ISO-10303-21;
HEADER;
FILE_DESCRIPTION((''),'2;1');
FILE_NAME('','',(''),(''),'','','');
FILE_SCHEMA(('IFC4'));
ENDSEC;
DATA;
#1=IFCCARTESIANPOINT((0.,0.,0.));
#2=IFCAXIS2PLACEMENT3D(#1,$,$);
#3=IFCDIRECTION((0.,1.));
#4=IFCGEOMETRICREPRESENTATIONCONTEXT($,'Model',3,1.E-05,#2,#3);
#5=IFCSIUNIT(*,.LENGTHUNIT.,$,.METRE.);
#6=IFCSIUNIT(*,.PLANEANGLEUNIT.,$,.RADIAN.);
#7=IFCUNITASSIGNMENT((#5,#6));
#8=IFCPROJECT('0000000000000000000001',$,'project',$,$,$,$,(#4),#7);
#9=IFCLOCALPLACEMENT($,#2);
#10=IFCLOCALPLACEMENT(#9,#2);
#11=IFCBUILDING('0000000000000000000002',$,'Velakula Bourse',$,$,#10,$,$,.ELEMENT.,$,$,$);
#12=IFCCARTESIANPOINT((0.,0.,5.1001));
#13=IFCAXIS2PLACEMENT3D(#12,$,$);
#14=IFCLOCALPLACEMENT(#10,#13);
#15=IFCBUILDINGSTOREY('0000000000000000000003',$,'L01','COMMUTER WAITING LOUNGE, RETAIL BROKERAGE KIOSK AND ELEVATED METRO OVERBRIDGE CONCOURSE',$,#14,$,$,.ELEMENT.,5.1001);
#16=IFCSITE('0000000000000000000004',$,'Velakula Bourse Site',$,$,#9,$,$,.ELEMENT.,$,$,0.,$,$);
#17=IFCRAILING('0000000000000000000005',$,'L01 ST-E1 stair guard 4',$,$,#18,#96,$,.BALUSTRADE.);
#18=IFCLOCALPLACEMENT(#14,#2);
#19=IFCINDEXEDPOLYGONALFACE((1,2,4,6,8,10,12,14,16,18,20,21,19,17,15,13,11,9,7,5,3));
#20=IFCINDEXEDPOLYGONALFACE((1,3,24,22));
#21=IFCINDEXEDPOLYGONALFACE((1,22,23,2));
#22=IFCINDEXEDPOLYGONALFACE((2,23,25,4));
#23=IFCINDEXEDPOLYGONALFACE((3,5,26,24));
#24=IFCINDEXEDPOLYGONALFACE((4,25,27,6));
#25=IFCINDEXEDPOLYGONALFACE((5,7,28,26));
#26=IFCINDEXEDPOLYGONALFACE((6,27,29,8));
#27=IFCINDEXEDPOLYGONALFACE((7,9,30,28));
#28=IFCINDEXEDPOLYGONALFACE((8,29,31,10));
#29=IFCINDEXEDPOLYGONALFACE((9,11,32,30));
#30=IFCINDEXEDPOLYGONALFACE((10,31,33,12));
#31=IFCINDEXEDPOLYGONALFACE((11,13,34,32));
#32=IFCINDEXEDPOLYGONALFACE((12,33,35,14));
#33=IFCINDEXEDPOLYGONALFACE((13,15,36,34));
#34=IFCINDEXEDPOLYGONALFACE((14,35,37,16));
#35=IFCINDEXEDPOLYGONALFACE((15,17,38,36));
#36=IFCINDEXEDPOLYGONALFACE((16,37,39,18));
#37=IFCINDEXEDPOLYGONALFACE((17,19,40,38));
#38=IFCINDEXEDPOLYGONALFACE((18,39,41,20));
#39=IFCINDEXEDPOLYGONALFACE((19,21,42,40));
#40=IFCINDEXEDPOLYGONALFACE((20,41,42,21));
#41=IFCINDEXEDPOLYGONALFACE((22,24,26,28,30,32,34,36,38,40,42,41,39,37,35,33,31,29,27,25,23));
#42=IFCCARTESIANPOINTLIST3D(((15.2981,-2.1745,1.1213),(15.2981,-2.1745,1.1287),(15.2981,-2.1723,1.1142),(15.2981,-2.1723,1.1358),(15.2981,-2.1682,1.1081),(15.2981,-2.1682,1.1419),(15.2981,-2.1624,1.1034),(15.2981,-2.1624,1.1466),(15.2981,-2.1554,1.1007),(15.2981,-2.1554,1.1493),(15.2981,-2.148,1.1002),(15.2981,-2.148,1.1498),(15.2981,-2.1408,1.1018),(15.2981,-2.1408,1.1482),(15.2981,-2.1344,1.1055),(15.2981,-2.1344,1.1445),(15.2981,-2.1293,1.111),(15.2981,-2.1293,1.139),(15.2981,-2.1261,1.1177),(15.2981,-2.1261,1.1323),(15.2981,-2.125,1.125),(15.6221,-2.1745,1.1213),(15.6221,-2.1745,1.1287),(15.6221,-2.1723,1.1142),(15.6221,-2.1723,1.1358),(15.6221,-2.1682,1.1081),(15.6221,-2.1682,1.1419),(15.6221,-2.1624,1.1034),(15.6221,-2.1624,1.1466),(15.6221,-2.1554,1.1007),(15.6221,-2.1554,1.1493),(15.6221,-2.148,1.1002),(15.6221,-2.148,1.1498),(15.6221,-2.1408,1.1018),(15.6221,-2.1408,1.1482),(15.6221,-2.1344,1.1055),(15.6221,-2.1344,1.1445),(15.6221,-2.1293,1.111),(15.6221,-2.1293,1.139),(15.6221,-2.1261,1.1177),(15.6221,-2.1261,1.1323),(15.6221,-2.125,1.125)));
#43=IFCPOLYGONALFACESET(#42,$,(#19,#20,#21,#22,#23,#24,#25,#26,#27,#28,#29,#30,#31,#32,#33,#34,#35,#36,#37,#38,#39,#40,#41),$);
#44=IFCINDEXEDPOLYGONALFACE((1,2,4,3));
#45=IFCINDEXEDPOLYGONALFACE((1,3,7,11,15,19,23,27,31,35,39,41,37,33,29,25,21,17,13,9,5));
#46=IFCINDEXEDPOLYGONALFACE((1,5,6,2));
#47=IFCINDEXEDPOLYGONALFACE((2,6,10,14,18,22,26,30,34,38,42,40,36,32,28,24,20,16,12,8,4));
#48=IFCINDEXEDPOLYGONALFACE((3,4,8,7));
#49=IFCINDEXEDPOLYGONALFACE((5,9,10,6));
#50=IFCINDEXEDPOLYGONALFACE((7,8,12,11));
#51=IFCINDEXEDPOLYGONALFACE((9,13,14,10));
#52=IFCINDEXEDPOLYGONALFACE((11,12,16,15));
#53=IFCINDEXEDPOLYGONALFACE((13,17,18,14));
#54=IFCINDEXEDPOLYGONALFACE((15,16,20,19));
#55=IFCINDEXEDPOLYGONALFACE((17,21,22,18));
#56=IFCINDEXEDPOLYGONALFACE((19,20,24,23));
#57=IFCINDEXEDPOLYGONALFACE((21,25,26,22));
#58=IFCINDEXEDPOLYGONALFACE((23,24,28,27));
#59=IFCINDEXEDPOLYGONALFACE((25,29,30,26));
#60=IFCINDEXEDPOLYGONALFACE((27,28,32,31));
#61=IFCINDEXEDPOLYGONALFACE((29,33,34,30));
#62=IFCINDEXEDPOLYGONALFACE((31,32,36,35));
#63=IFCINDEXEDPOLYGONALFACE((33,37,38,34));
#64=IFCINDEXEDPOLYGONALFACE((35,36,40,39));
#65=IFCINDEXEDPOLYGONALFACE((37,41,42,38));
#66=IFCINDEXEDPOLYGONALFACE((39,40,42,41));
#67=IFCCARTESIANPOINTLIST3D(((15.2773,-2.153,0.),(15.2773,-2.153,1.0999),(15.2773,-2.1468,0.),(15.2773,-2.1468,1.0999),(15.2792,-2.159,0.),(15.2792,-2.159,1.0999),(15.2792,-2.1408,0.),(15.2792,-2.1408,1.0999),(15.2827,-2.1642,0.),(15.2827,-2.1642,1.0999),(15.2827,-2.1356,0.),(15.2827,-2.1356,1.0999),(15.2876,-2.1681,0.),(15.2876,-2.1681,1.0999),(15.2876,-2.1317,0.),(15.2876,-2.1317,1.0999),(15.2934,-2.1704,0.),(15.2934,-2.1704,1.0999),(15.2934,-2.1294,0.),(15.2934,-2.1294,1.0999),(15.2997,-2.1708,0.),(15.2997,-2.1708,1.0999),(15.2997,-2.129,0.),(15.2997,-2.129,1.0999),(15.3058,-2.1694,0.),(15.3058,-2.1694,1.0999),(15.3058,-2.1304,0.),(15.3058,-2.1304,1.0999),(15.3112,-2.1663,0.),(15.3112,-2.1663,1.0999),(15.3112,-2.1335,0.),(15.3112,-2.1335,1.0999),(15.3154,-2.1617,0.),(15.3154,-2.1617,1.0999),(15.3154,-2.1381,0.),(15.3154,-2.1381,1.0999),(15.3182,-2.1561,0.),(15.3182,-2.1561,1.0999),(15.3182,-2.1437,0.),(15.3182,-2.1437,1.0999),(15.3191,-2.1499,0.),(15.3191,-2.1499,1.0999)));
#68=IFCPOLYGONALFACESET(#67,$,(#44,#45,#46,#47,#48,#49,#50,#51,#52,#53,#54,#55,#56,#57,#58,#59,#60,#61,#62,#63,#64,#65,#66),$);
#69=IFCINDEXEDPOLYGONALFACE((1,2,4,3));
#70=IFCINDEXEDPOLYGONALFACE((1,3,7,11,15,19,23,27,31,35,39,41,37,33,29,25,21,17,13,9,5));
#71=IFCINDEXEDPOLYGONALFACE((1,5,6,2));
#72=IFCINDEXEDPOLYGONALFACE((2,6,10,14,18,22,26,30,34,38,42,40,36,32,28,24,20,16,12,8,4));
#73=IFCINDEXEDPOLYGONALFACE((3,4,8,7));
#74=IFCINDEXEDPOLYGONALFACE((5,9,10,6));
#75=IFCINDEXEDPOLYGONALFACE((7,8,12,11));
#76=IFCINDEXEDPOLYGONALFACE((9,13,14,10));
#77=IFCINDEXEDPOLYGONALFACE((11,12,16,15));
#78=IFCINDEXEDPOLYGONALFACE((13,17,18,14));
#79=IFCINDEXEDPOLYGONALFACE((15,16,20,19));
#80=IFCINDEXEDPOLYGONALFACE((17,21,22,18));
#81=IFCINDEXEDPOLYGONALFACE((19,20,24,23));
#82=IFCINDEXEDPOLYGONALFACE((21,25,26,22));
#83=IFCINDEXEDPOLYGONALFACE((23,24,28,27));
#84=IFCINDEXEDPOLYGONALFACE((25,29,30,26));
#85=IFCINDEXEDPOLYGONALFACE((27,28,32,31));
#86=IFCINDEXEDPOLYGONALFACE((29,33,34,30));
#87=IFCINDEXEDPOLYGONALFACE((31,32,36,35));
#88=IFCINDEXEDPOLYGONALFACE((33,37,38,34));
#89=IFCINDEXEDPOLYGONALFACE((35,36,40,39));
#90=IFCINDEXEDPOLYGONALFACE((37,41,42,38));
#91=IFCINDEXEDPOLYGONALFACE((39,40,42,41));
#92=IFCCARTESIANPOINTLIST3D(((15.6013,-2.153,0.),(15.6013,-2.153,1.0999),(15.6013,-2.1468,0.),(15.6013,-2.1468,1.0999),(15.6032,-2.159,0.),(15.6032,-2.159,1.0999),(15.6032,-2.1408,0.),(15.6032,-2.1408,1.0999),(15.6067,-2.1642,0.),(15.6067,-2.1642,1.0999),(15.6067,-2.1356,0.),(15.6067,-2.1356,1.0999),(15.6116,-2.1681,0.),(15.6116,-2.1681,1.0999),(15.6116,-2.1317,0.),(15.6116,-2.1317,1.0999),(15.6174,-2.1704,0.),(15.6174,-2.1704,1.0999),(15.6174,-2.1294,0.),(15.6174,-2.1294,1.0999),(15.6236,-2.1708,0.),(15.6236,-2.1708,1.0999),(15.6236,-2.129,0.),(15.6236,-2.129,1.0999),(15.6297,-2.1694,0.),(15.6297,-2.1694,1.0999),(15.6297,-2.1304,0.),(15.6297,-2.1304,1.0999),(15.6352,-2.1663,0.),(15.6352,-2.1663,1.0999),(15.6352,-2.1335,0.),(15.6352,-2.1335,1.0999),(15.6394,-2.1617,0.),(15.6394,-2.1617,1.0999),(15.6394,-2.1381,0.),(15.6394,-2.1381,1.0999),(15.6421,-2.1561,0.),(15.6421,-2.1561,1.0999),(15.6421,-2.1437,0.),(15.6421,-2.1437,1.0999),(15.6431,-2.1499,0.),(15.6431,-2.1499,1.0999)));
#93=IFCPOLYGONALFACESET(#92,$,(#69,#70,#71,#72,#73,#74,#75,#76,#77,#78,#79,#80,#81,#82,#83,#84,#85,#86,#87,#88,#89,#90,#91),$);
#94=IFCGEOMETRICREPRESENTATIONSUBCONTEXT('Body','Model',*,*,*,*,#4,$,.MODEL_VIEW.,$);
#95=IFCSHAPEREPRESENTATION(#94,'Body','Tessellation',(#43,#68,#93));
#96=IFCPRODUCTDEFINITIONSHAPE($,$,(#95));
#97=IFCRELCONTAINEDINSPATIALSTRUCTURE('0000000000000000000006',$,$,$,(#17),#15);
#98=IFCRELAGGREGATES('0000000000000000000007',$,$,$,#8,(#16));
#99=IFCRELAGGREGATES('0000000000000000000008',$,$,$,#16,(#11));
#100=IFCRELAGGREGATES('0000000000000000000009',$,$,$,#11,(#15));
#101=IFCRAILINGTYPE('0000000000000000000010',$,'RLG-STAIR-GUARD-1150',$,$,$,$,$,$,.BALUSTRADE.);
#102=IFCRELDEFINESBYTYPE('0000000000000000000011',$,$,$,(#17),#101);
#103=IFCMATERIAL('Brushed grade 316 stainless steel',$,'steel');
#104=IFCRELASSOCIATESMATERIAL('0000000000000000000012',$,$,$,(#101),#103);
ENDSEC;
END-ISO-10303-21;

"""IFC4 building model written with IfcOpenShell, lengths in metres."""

from ifc_helpers import new_model, si_unit, direction, frame, origin, origin_2d, place, context, subcontext, project, spatial, circle, extrude, material, type_object, element, save


model = new_model("IFC4")

# Units and contexts
model_context = context("Model", 3, precision=1e-05, world=origin(), true_north=direction((0.0, 1.0)))
body_context = subcontext(model_context, "Body", "Model", "MODEL_VIEW")
ifc_project = project(units=[si_unit("LENGTHUNIT", "METRE"), si_unit("PLANEANGLEUNIT", "RADIAN")], contexts=[model_context])

# Site, building, storey
site_placement = place(None, origin())
site = spatial("IfcSite", under=ifc_project, at=site_placement, Name="Velakula Bourse Site", CompositionType="ELEMENT", RefElevation=0.0)
building_placement = place(site_placement, origin())
building = spatial("IfcBuilding", under=site, at=building_placement, Name="Velakula Bourse", CompositionType="ELEMENT")
storey_placement = place(building_placement, frame((0.0, 0.0, 5.1001)))
storey = spatial("IfcBuildingStorey", under=building, at=storey_placement, Name="L01", Description="COMMUTER WAITING LOUNGE, RETAIL BROKERAGE KIOSK AND ELEVATED METRO OVERBRIDGE CONCOURSE", CompositionType="ELEMENT", Elevation=5.1001)

# Shared definitions
ifc_material_1 = material(Name="Brushed grade 316 stainless steel", Category="steel")

# Railing
railing_type = type_object("IfcRailingType", Name="RLG-STAIR-GUARD-1150", PredefinedType="BALUSTRADE", material=ifc_material_1)
railing_1_placement = place(storey_placement, frame((15.2981, -2.1499, 0.0)))
element("IfcRailing", 1, at=railing_1_placement, inside=storey, type_object=railing_type, Name="L01 ST-E1 stair guard 4", PredefinedType="BALUSTRADE", context=body_context, shape_type="SweptSolid", body=[
    extrude(circle(Radius=0.0249, at=origin_2d()), frame((0.0, 0.0, 1.125), z_axis=(1.0, 0.0, 0.0), x_axis=(0.0, 1.0, 0.0)), (0.0, 0.0, 1.0), 0.324),
    extrude(circle(Radius=0.021, at=origin_2d()), origin(), (0.0, 0.0, 1.0), 1.0999),
    extrude(circle(Radius=0.021, at=origin_2d()), frame((0.324, 0.0, 0.0)), (0.0, 0.0, 1.0), 1.0999),
])

save(model, "model.ifc")
